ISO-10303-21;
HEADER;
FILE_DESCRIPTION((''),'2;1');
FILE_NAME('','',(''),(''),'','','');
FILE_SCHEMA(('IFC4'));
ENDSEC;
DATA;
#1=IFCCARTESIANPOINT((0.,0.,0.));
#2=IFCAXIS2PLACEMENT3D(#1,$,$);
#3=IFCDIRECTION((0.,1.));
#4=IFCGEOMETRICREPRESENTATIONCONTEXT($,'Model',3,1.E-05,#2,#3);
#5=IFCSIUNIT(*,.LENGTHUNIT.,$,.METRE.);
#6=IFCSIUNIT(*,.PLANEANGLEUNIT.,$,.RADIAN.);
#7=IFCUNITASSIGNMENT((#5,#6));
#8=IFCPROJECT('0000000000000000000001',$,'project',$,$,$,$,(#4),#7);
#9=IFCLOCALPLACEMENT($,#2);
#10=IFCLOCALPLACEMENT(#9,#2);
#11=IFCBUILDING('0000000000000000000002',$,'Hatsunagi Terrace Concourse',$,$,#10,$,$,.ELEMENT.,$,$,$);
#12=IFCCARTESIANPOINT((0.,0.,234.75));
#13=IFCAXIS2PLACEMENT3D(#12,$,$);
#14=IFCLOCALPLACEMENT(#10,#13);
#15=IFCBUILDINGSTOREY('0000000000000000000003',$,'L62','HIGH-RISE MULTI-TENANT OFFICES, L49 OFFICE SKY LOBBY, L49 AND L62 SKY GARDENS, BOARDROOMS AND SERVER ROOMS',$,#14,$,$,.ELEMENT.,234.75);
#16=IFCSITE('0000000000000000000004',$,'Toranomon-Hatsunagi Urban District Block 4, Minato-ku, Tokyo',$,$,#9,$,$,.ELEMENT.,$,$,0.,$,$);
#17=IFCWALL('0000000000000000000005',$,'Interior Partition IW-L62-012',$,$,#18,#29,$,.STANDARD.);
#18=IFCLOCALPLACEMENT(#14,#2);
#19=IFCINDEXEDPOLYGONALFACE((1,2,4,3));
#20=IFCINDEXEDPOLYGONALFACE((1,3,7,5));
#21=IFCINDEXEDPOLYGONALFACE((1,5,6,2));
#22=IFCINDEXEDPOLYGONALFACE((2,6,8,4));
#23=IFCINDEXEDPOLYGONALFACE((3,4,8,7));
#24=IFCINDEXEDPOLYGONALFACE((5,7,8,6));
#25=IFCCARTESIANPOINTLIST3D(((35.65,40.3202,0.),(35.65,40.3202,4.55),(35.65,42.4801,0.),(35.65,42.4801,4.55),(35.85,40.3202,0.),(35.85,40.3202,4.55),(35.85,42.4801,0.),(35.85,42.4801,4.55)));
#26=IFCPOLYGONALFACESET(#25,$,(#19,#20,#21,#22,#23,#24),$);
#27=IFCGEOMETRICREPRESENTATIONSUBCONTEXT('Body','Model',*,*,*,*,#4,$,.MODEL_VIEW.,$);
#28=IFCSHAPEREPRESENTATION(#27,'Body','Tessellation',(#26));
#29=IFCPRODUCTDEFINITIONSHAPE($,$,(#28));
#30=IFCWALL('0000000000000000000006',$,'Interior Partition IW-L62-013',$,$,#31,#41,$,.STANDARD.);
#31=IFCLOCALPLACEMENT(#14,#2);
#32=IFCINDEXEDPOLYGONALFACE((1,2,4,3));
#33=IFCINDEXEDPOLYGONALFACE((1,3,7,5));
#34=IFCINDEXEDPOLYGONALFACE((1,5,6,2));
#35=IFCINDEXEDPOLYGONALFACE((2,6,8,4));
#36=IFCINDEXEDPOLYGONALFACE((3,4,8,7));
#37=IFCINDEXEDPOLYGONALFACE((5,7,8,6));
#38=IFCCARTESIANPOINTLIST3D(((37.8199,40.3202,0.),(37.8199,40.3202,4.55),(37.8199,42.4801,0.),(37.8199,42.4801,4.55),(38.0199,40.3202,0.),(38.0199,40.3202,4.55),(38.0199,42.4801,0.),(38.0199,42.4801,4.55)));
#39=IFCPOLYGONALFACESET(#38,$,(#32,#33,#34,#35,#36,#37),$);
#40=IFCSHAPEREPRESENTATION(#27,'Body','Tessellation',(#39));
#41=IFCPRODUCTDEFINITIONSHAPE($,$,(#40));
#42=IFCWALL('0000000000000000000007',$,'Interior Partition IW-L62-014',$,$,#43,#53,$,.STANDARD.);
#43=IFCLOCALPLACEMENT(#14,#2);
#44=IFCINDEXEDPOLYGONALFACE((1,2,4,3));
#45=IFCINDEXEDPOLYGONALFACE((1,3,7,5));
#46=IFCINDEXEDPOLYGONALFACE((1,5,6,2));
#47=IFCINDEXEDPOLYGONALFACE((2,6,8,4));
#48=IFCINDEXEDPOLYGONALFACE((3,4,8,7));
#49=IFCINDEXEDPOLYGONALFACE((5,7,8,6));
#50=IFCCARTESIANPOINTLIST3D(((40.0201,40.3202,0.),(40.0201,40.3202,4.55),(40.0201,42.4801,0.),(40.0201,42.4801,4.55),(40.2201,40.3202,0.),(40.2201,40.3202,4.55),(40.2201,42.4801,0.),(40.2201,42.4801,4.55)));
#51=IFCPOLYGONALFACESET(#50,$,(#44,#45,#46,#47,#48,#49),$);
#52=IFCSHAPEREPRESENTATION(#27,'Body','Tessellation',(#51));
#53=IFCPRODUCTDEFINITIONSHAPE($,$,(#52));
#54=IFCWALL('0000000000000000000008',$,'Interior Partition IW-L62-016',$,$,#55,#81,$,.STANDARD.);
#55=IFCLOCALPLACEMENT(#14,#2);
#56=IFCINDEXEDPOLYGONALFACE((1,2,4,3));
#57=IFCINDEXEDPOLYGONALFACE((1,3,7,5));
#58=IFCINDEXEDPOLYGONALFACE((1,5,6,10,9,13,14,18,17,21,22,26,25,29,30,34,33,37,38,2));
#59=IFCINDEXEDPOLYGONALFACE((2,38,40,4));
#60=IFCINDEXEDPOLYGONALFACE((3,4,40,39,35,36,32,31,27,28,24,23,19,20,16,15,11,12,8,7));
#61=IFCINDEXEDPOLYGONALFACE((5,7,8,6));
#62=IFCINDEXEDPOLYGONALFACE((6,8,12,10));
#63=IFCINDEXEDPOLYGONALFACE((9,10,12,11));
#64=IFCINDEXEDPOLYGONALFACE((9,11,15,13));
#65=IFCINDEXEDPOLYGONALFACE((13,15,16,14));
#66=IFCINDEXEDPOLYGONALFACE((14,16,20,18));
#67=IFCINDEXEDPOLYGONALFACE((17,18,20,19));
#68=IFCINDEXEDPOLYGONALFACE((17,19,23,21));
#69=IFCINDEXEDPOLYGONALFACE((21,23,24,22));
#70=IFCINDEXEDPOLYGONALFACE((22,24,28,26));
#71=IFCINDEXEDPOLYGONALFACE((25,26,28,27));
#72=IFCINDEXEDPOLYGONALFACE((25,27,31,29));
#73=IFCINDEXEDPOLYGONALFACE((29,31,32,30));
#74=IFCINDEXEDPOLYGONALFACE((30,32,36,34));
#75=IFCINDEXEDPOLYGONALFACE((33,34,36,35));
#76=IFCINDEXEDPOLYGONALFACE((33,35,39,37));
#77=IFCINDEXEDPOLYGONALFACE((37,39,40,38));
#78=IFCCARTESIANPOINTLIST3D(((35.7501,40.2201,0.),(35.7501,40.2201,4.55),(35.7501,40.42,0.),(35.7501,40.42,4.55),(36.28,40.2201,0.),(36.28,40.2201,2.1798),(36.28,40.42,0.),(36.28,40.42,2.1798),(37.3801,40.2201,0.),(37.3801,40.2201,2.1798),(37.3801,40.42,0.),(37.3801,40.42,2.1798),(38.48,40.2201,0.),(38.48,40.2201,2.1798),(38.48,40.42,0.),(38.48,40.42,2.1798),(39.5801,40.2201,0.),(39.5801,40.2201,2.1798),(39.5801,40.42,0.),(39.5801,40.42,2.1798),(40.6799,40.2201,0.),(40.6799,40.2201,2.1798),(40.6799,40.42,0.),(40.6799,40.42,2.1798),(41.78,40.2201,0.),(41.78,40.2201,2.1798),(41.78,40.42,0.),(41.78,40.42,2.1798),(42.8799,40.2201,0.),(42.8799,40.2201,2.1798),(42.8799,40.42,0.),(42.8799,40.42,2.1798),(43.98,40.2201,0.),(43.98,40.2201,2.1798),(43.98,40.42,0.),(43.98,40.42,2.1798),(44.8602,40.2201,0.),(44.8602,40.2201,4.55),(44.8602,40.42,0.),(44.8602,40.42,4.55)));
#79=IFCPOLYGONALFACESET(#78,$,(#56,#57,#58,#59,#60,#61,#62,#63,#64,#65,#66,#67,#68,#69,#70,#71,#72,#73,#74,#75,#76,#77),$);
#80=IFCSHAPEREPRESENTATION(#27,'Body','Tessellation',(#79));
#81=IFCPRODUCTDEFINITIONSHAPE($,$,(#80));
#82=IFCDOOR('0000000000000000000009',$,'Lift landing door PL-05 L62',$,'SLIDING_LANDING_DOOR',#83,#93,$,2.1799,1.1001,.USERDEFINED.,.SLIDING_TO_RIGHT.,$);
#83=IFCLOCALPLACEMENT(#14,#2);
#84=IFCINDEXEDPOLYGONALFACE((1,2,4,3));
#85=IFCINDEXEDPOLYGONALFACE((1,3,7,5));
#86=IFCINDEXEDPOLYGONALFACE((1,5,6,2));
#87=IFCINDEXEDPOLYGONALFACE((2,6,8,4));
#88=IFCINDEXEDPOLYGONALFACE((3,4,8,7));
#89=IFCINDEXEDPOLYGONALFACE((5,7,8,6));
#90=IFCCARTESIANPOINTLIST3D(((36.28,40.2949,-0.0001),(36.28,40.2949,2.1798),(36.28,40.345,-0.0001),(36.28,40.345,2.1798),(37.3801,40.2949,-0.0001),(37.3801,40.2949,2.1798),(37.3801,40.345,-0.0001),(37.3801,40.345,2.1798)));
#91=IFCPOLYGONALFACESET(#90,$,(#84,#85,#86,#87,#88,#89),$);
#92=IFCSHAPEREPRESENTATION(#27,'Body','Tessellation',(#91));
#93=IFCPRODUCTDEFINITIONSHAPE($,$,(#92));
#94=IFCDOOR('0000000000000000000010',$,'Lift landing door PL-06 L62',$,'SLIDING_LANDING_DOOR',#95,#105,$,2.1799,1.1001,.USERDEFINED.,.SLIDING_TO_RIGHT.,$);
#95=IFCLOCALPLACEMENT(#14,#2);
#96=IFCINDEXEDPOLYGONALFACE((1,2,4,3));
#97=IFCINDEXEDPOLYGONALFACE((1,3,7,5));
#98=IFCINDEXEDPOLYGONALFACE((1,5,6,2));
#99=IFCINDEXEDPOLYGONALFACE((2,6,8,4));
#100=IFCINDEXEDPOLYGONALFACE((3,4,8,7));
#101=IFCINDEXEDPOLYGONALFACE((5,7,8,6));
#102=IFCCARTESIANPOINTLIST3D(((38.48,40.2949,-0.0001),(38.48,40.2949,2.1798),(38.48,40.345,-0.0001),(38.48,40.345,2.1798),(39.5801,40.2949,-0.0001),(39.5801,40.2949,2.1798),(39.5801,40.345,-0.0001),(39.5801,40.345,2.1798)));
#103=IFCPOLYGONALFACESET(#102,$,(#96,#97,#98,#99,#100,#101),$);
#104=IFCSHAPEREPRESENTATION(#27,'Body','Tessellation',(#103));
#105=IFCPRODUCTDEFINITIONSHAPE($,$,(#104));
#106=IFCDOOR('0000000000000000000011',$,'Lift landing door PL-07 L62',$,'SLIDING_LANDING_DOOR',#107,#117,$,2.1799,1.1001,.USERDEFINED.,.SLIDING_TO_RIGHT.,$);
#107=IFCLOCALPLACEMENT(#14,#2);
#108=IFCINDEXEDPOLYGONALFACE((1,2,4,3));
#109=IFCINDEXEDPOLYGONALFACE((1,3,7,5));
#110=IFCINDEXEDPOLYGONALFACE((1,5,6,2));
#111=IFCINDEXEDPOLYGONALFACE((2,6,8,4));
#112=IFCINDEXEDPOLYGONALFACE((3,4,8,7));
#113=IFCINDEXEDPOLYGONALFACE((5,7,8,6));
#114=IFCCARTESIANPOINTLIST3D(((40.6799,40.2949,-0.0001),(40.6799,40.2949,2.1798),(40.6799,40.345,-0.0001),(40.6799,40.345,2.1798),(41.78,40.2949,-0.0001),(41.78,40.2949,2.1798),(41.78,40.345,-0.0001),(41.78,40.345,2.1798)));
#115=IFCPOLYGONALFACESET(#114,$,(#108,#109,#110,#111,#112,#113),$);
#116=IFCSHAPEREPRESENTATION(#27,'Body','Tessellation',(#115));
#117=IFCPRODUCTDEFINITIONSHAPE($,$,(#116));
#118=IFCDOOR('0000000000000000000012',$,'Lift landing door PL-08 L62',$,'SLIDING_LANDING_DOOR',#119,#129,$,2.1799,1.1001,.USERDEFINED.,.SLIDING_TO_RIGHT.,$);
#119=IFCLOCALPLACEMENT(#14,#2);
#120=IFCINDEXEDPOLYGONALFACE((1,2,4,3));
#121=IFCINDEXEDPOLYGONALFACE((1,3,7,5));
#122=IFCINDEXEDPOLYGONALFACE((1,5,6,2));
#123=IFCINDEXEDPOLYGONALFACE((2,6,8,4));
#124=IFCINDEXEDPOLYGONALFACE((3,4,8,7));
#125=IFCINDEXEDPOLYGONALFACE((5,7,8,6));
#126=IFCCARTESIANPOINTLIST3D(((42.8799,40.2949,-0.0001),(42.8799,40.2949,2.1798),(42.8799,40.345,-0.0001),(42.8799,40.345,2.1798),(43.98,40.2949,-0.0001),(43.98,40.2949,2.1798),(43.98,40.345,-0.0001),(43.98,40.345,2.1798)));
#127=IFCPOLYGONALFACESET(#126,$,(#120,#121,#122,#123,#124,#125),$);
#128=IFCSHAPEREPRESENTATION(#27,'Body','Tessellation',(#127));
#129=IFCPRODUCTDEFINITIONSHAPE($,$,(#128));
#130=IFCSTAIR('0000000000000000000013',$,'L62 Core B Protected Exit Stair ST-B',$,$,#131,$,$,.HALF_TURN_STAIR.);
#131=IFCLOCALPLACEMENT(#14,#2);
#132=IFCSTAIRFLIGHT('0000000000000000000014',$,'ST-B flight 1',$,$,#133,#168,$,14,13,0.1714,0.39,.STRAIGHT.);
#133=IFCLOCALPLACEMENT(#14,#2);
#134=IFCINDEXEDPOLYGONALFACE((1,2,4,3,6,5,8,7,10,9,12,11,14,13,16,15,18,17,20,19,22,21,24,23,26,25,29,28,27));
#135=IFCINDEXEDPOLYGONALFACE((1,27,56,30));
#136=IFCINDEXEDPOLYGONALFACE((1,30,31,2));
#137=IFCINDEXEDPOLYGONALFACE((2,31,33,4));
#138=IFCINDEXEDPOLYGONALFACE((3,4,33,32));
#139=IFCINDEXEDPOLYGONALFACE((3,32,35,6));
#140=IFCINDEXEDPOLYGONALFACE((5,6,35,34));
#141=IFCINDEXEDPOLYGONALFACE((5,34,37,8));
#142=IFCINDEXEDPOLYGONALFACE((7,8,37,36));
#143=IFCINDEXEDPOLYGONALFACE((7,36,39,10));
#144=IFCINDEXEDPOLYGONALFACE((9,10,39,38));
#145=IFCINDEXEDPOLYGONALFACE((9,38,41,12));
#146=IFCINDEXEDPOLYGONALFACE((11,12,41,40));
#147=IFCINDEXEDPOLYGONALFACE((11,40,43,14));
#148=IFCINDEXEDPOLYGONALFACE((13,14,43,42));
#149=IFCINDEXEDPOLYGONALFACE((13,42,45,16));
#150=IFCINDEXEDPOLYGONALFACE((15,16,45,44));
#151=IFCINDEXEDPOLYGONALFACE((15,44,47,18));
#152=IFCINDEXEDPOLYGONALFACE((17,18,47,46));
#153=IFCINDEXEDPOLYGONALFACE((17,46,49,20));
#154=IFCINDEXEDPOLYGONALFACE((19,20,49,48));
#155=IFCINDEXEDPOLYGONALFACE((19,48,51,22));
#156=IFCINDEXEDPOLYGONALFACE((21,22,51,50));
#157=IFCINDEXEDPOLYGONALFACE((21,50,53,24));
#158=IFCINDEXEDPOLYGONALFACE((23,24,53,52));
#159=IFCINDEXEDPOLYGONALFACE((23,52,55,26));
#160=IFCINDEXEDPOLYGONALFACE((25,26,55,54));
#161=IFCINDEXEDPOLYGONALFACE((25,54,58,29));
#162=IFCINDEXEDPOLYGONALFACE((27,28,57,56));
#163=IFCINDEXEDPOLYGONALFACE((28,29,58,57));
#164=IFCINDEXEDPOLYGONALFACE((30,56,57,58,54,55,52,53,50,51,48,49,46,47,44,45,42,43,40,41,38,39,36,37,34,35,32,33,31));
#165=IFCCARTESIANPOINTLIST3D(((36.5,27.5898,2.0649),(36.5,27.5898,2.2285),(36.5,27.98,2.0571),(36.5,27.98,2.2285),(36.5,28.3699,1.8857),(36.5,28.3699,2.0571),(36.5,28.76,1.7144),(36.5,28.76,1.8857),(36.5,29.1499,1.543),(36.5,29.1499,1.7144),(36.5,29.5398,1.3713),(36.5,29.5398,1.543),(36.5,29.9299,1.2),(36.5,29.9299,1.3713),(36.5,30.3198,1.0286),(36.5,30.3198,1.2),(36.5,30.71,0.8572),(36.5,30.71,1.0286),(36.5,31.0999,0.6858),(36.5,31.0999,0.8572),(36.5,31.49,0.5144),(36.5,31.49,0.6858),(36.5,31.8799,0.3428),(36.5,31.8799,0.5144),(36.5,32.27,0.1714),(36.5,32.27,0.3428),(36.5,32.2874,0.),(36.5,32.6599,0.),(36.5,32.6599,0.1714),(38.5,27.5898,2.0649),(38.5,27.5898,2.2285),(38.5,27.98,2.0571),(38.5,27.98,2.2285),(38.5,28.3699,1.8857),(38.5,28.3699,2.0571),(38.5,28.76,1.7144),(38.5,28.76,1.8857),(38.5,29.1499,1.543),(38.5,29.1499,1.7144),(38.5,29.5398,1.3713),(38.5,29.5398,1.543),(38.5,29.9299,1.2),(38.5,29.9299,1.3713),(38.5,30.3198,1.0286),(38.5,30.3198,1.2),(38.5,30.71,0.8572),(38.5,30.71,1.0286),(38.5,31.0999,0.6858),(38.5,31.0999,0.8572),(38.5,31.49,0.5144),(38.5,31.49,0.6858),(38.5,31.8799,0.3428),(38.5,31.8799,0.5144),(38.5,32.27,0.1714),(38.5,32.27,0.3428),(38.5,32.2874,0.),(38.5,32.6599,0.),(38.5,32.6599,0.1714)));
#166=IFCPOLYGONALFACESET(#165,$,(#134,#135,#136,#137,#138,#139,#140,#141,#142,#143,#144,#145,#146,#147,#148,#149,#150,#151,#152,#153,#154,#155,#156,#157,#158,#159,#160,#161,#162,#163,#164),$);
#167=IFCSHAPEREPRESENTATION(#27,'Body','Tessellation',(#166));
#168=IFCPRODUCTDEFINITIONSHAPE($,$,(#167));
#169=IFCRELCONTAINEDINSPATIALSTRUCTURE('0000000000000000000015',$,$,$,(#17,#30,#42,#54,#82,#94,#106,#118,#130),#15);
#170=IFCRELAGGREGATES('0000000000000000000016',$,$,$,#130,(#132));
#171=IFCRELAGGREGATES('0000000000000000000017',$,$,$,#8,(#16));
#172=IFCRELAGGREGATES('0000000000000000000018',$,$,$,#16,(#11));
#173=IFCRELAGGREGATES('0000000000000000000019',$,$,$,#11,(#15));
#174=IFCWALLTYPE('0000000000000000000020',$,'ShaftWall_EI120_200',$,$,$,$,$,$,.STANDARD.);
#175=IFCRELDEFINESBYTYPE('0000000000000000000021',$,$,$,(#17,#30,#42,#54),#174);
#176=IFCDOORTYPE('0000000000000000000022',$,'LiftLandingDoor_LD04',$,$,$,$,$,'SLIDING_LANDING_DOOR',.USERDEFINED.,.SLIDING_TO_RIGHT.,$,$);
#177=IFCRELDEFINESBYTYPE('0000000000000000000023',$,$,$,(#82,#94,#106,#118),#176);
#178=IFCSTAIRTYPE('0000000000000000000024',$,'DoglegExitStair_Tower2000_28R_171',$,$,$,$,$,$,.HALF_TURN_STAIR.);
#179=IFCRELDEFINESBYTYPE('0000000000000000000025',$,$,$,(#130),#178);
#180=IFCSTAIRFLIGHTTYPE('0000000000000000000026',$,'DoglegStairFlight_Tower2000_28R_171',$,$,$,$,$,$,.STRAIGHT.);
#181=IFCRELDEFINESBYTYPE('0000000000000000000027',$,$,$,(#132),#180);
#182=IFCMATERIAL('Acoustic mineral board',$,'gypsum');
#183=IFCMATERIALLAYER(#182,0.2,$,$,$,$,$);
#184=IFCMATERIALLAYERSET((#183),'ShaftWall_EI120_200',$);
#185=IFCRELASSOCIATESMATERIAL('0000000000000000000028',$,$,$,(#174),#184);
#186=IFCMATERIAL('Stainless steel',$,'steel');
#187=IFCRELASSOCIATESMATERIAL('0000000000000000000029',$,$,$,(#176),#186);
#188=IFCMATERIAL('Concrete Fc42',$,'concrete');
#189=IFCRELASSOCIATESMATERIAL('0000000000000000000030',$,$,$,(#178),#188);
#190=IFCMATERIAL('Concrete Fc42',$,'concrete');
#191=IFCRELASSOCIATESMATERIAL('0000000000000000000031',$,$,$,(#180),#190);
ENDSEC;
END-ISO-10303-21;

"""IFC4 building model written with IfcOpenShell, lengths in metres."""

from ifc_helpers import new_model, si_unit, direction, frame, frame_2d, origin, place, context, subcontext, project, spatial, polyline, rectangle, outline, extrude, material, layer, layer_set, type_object, element, fill, aggregate, save


model = new_model("IFC4")

# Units and contexts
model_context = context("Model", 3, precision=1e-05, world=origin(), true_north=direction((0.0, 1.0)))
body_context = subcontext(model_context, "Body", "Model", "MODEL_VIEW")
ifc_project = project(units=[si_unit("LENGTHUNIT", "METRE"), si_unit("PLANEANGLEUNIT", "RADIAN")], contexts=[model_context])

# Site, building, storey
site_placement = place(None, origin())
site = spatial("IfcSite", under=ifc_project, at=site_placement, Name="Toranomon-Hatsunagi Urban District Block 4, Minato-ku, Tokyo", CompositionType="ELEMENT", RefElevation=0.0)
building_placement = place(site_placement, origin())
building = spatial("IfcBuilding", under=site, at=building_placement, Name="Hatsunagi Terrace Concourse", CompositionType="ELEMENT")
storey_placement = place(building_placement, frame((0.0, 0.0, 234.75)))
storey = spatial("IfcBuildingStorey", under=building, at=storey_placement, Name="L62", Description="HIGH-RISE MULTI-TENANT OFFICES, L49 OFFICE SKY LOBBY, L49 AND L62 SKY GARDENS, BOARDROOMS AND SERVER ROOMS", CompositionType="ELEMENT", Elevation=234.75)

# Shared definitions
ifc_material_1 = material(Name="Acoustic mineral board", Category="gypsum")
ifc_layer_1 = layer(ifc_material_1, 0.2)
ifc_layer_set_1 = layer_set([ifc_layer_1], Name="ShaftWall_EI120_200")
wall_type_1 = type_object("IfcWallType", Name="ShaftWall_EI120_200", PredefinedType="STANDARD", material=ifc_layer_set_1)

# Walls
for number, where, z_axis, x_axis, name in (
    (1, (35.75, 40.3201, 0.0), (0.0, 0.0, 1.0), (0.0, 1.0, 0.0), "Interior Partition IW-L62-012"),
    (2, (37.9199, 40.3201, 0.0), (0.0, 0.0, 1.0), (0.0, 1.0, 0.0), "Interior Partition IW-L62-013"),
    (3, (40.1201, 40.3201, 0.0), (0.0, 0.0, 1.0), (0.0, 1.0, 0.0), "Interior Partition IW-L62-014"),
):
    element("IfcWall", number, at=place(storey_placement, frame(where, z_axis=z_axis, x_axis=x_axis)), inside=storey, type_object=wall_type_1, Name=name, PredefinedType="STANDARD", context=body_context, shape_type="SweptSolid", body=[
        extrude(rectangle(XDim=2.1599, YDim=0.2, at=frame_2d((1.0801, 0.0))), origin(), (0.0, 0.0, 1.0), 4.55),
    ])

# Wall, openings, doors
wall_1_placement = place(storey_placement, frame((35.75, 40.3201, 0.0), z_axis=(0.0, 0.0, 1.0), x_axis=(1.0, 0.0, 0.0)))
wall_1 = element("IfcWall", 4, at=wall_1_placement, inside=storey, type_object=wall_type_1, Name="Interior Partition IW-L62-016", PredefinedType="STANDARD", context=body_context, shape_type="SweptSolid", body=[
    extrude(rectangle(XDim=9.1101, YDim=0.2, at=frame_2d((4.5552, 0.0))), origin(), (0.0, 0.0, 1.0), 4.55),
])
opening_1_placement = place(wall_1_placement, frame((0.53, 0.0, 0.0)))
opening_1 = element("IfcOpeningElement", 5, at=opening_1_placement, cuts=wall_1, PredefinedType="OPENING", context=body_context, shape_type="SweptSolid", body=[
    extrude(rectangle(XDim=1.1001, YDim=2.1799, at=frame_2d((0.55, 1.0898))), frame((0.0, 0.1099, 0.0), z_axis=(0.0, -1.0, 0.0), x_axis=(1.0, 0.0, 0.0)), (0.0, 0.0, 1.0), 0.22),
])
opening_2_placement = place(wall_1_placement, frame((2.73, 0.0, 0.0)))
opening_2 = element("IfcOpeningElement", 6, at=opening_2_placement, cuts=wall_1, PredefinedType="OPENING", context=body_context, shape_type="SweptSolid", body=[
    extrude(rectangle(XDim=1.1001, YDim=2.1799, at=frame_2d((0.55, 1.0898))), frame((0.0, 0.1099, 0.0), z_axis=(0.0, -1.0, 0.0), x_axis=(1.0, 0.0, 0.0)), (0.0, 0.0, 1.0), 0.22),
])
opening_3_placement = place(wall_1_placement, frame((4.9299, 0.0, 0.0)))
opening_3 = element("IfcOpeningElement", 7, at=opening_3_placement, cuts=wall_1, PredefinedType="OPENING", context=body_context, shape_type="SweptSolid", body=[
    extrude(rectangle(XDim=1.1001, YDim=2.1799, at=frame_2d((0.55, 1.0898))), frame((0.0, 0.1099, 0.0), z_axis=(0.0, -1.0, 0.0), x_axis=(1.0, 0.0, 0.0)), (0.0, 0.0, 1.0), 0.22),
])
opening_4_placement = place(wall_1_placement, frame((7.1299, 0.0, 0.0)))
opening_4 = element("IfcOpeningElement", 8, at=opening_4_placement, cuts=wall_1, PredefinedType="OPENING", context=body_context, shape_type="SweptSolid", body=[
    extrude(rectangle(XDim=1.1001, YDim=2.1799, at=frame_2d((0.55, 1.0898))), frame((0.0, 0.1099, 0.0), z_axis=(0.0, -1.0, 0.0), x_axis=(1.0, 0.0, 0.0)), (0.0, 0.0, 1.0), 0.22),
])
ifc_material_2 = material(Name="Stainless steel", Category="steel")
door_type_1 = type_object("IfcDoorType", Name="LiftLandingDoor_LD04", ElementType="SLIDING_LANDING_DOOR", OperationType="SLIDING_TO_RIGHT", PredefinedType="USERDEFINED", material=ifc_material_2)
door_1_placement = place(opening_1_placement, origin())
door_1 = element("IfcDoor", 9, at=door_1_placement, inside=storey, type_object=door_type_1, Name="Lift landing door PL-05 L62", ObjectType="SLIDING_LANDING_DOOR", OperationType="SLIDING_TO_RIGHT", OverallHeight=2.1799, OverallWidth=1.1001, PredefinedType="USERDEFINED", context=body_context, shape_type="SweptSolid", body=[
    extrude(rectangle(XDim=1.1001, YDim=2.1799, at=frame_2d((0.55, 1.0898))), frame((0.0, 0.0249, 0.0), z_axis=(0.0, -1.0, 0.0), x_axis=(1.0, 0.0, 0.0)), (0.0, 0.0, 1.0), 0.05),
])
fill(opening_1, door_1)
door_2_placement = place(opening_2_placement, origin())
door_2 = element("IfcDoor", 10, at=door_2_placement, inside=storey, type_object=door_type_1, Name="Lift landing door PL-06 L62", ObjectType="SLIDING_LANDING_DOOR", OperationType="SLIDING_TO_RIGHT", OverallHeight=2.1799, OverallWidth=1.1001, PredefinedType="USERDEFINED", context=body_context, shape_type="SweptSolid", body=[
    extrude(rectangle(XDim=1.1001, YDim=2.1799, at=frame_2d((0.55, 1.0898))), frame((0.0, 0.0249, 0.0), z_axis=(0.0, -1.0, 0.0), x_axis=(1.0, 0.0, 0.0)), (0.0, 0.0, 1.0), 0.05),
])
fill(opening_2, door_2)
door_3_placement = place(opening_3_placement, origin())
door_3 = element("IfcDoor", 11, at=door_3_placement, inside=storey, type_object=door_type_1, Name="Lift landing door PL-07 L62", ObjectType="SLIDING_LANDING_DOOR", OperationType="SLIDING_TO_RIGHT", OverallHeight=2.1799, OverallWidth=1.1001, PredefinedType="USERDEFINED", context=body_context, shape_type="SweptSolid", body=[
    extrude(rectangle(XDim=1.1001, YDim=2.1799, at=frame_2d((0.55, 1.0898))), frame((0.0, 0.0249, 0.0), z_axis=(0.0, -1.0, 0.0), x_axis=(1.0, 0.0, 0.0)), (0.0, 0.0, 1.0), 0.05),
])
fill(opening_3, door_3)
door_4_placement = place(opening_4_placement, origin())
door_4 = element("IfcDoor", 12, at=door_4_placement, inside=storey, type_object=door_type_1, Name="Lift landing door PL-08 L62", ObjectType="SLIDING_LANDING_DOOR", OperationType="SLIDING_TO_RIGHT", OverallHeight=2.1799, OverallWidth=1.1001, PredefinedType="USERDEFINED", context=body_context, shape_type="SweptSolid", body=[
    extrude(rectangle(XDim=1.1001, YDim=2.1799, at=frame_2d((0.55, 1.0898))), frame((0.0, 0.0249, 0.0), z_axis=(0.0, -1.0, 0.0), x_axis=(1.0, 0.0, 0.0)), (0.0, 0.0, 1.0), 0.05),
])
fill(opening_4, door_4)

# Stair, stair flight
ifc_material_3 = material(Name="Concrete Fc42", Category="concrete")
stair_type = type_object("IfcStairType", Name="DoglegExitStair_Tower2000_28R_171", PredefinedType="HALF_TURN_STAIR", material=ifc_material_3)
stair_placement = place(storey_placement, origin())
stair = element("IfcStair", 13, at=stair_placement, inside=storey, type_object=stair_type, Name="L62 Core B Protected Exit Stair ST-B", PredefinedType="HALF_TURN_STAIR")
ifc_material_4 = material(Name="Concrete Fc42", Category="concrete")
stair_flight_type = type_object("IfcStairFlightType", Name="DoglegStairFlight_Tower2000_28R_171", PredefinedType="STRAIGHT", material=ifc_material_4)
stair_flight_placement = place(storey_placement, frame((37.5, 32.6599, 0.0), z_axis=(0.0, 0.0, 1.0), x_axis=(0.0, -1.0, 0.0)))
stair_flight = element("IfcStairFlight", 14, at=stair_flight_placement, type_object=stair_flight_type, Name="ST-B flight 1", NumberOfRisers=14, NumberOfTreads=13, PredefinedType="STRAIGHT", RiserHeight=0.1714, TreadLength=0.39, context=body_context, shape_type="SweptSolid", body=[
    extrude(outline(polyline([(0.0, 0.0), (0.0, 0.1714), (0.3899, 0.1714), (0.3899, 0.3428), (0.78, 0.3428), (0.78, 0.5144), (1.1699, 0.5144), (1.1699, 0.6858), (1.5601, 0.6858), (1.5601, 0.8572), (1.95, 0.8572), (1.95, 1.0286), (2.3401, 1.0286), (2.3401, 1.2), (2.73, 1.2), (2.73, 1.3713), (3.1201, 1.3713), (3.1201, 1.543), (3.51, 1.543), (3.51, 1.7144), (3.8999, 1.7144), (3.8999, 1.8857), (4.29, 1.8857), (4.29, 2.0571), (4.6799, 2.0571), (4.6799, 2.2285), (5.0701, 2.2285), (5.0701, 2.3999), (5.0701, 2.0649), (0.3726, 0.0), (0.0, 0.0)])), frame((0.0, 1.0, 0.0), z_axis=(0.0, -1.0, 0.0), x_axis=(1.0, 0.0, 0.0)), (0.0, 0.0, 1.0), 2.0),
])
aggregate(stair, [stair_flight])

save(model, "model.ifc")
